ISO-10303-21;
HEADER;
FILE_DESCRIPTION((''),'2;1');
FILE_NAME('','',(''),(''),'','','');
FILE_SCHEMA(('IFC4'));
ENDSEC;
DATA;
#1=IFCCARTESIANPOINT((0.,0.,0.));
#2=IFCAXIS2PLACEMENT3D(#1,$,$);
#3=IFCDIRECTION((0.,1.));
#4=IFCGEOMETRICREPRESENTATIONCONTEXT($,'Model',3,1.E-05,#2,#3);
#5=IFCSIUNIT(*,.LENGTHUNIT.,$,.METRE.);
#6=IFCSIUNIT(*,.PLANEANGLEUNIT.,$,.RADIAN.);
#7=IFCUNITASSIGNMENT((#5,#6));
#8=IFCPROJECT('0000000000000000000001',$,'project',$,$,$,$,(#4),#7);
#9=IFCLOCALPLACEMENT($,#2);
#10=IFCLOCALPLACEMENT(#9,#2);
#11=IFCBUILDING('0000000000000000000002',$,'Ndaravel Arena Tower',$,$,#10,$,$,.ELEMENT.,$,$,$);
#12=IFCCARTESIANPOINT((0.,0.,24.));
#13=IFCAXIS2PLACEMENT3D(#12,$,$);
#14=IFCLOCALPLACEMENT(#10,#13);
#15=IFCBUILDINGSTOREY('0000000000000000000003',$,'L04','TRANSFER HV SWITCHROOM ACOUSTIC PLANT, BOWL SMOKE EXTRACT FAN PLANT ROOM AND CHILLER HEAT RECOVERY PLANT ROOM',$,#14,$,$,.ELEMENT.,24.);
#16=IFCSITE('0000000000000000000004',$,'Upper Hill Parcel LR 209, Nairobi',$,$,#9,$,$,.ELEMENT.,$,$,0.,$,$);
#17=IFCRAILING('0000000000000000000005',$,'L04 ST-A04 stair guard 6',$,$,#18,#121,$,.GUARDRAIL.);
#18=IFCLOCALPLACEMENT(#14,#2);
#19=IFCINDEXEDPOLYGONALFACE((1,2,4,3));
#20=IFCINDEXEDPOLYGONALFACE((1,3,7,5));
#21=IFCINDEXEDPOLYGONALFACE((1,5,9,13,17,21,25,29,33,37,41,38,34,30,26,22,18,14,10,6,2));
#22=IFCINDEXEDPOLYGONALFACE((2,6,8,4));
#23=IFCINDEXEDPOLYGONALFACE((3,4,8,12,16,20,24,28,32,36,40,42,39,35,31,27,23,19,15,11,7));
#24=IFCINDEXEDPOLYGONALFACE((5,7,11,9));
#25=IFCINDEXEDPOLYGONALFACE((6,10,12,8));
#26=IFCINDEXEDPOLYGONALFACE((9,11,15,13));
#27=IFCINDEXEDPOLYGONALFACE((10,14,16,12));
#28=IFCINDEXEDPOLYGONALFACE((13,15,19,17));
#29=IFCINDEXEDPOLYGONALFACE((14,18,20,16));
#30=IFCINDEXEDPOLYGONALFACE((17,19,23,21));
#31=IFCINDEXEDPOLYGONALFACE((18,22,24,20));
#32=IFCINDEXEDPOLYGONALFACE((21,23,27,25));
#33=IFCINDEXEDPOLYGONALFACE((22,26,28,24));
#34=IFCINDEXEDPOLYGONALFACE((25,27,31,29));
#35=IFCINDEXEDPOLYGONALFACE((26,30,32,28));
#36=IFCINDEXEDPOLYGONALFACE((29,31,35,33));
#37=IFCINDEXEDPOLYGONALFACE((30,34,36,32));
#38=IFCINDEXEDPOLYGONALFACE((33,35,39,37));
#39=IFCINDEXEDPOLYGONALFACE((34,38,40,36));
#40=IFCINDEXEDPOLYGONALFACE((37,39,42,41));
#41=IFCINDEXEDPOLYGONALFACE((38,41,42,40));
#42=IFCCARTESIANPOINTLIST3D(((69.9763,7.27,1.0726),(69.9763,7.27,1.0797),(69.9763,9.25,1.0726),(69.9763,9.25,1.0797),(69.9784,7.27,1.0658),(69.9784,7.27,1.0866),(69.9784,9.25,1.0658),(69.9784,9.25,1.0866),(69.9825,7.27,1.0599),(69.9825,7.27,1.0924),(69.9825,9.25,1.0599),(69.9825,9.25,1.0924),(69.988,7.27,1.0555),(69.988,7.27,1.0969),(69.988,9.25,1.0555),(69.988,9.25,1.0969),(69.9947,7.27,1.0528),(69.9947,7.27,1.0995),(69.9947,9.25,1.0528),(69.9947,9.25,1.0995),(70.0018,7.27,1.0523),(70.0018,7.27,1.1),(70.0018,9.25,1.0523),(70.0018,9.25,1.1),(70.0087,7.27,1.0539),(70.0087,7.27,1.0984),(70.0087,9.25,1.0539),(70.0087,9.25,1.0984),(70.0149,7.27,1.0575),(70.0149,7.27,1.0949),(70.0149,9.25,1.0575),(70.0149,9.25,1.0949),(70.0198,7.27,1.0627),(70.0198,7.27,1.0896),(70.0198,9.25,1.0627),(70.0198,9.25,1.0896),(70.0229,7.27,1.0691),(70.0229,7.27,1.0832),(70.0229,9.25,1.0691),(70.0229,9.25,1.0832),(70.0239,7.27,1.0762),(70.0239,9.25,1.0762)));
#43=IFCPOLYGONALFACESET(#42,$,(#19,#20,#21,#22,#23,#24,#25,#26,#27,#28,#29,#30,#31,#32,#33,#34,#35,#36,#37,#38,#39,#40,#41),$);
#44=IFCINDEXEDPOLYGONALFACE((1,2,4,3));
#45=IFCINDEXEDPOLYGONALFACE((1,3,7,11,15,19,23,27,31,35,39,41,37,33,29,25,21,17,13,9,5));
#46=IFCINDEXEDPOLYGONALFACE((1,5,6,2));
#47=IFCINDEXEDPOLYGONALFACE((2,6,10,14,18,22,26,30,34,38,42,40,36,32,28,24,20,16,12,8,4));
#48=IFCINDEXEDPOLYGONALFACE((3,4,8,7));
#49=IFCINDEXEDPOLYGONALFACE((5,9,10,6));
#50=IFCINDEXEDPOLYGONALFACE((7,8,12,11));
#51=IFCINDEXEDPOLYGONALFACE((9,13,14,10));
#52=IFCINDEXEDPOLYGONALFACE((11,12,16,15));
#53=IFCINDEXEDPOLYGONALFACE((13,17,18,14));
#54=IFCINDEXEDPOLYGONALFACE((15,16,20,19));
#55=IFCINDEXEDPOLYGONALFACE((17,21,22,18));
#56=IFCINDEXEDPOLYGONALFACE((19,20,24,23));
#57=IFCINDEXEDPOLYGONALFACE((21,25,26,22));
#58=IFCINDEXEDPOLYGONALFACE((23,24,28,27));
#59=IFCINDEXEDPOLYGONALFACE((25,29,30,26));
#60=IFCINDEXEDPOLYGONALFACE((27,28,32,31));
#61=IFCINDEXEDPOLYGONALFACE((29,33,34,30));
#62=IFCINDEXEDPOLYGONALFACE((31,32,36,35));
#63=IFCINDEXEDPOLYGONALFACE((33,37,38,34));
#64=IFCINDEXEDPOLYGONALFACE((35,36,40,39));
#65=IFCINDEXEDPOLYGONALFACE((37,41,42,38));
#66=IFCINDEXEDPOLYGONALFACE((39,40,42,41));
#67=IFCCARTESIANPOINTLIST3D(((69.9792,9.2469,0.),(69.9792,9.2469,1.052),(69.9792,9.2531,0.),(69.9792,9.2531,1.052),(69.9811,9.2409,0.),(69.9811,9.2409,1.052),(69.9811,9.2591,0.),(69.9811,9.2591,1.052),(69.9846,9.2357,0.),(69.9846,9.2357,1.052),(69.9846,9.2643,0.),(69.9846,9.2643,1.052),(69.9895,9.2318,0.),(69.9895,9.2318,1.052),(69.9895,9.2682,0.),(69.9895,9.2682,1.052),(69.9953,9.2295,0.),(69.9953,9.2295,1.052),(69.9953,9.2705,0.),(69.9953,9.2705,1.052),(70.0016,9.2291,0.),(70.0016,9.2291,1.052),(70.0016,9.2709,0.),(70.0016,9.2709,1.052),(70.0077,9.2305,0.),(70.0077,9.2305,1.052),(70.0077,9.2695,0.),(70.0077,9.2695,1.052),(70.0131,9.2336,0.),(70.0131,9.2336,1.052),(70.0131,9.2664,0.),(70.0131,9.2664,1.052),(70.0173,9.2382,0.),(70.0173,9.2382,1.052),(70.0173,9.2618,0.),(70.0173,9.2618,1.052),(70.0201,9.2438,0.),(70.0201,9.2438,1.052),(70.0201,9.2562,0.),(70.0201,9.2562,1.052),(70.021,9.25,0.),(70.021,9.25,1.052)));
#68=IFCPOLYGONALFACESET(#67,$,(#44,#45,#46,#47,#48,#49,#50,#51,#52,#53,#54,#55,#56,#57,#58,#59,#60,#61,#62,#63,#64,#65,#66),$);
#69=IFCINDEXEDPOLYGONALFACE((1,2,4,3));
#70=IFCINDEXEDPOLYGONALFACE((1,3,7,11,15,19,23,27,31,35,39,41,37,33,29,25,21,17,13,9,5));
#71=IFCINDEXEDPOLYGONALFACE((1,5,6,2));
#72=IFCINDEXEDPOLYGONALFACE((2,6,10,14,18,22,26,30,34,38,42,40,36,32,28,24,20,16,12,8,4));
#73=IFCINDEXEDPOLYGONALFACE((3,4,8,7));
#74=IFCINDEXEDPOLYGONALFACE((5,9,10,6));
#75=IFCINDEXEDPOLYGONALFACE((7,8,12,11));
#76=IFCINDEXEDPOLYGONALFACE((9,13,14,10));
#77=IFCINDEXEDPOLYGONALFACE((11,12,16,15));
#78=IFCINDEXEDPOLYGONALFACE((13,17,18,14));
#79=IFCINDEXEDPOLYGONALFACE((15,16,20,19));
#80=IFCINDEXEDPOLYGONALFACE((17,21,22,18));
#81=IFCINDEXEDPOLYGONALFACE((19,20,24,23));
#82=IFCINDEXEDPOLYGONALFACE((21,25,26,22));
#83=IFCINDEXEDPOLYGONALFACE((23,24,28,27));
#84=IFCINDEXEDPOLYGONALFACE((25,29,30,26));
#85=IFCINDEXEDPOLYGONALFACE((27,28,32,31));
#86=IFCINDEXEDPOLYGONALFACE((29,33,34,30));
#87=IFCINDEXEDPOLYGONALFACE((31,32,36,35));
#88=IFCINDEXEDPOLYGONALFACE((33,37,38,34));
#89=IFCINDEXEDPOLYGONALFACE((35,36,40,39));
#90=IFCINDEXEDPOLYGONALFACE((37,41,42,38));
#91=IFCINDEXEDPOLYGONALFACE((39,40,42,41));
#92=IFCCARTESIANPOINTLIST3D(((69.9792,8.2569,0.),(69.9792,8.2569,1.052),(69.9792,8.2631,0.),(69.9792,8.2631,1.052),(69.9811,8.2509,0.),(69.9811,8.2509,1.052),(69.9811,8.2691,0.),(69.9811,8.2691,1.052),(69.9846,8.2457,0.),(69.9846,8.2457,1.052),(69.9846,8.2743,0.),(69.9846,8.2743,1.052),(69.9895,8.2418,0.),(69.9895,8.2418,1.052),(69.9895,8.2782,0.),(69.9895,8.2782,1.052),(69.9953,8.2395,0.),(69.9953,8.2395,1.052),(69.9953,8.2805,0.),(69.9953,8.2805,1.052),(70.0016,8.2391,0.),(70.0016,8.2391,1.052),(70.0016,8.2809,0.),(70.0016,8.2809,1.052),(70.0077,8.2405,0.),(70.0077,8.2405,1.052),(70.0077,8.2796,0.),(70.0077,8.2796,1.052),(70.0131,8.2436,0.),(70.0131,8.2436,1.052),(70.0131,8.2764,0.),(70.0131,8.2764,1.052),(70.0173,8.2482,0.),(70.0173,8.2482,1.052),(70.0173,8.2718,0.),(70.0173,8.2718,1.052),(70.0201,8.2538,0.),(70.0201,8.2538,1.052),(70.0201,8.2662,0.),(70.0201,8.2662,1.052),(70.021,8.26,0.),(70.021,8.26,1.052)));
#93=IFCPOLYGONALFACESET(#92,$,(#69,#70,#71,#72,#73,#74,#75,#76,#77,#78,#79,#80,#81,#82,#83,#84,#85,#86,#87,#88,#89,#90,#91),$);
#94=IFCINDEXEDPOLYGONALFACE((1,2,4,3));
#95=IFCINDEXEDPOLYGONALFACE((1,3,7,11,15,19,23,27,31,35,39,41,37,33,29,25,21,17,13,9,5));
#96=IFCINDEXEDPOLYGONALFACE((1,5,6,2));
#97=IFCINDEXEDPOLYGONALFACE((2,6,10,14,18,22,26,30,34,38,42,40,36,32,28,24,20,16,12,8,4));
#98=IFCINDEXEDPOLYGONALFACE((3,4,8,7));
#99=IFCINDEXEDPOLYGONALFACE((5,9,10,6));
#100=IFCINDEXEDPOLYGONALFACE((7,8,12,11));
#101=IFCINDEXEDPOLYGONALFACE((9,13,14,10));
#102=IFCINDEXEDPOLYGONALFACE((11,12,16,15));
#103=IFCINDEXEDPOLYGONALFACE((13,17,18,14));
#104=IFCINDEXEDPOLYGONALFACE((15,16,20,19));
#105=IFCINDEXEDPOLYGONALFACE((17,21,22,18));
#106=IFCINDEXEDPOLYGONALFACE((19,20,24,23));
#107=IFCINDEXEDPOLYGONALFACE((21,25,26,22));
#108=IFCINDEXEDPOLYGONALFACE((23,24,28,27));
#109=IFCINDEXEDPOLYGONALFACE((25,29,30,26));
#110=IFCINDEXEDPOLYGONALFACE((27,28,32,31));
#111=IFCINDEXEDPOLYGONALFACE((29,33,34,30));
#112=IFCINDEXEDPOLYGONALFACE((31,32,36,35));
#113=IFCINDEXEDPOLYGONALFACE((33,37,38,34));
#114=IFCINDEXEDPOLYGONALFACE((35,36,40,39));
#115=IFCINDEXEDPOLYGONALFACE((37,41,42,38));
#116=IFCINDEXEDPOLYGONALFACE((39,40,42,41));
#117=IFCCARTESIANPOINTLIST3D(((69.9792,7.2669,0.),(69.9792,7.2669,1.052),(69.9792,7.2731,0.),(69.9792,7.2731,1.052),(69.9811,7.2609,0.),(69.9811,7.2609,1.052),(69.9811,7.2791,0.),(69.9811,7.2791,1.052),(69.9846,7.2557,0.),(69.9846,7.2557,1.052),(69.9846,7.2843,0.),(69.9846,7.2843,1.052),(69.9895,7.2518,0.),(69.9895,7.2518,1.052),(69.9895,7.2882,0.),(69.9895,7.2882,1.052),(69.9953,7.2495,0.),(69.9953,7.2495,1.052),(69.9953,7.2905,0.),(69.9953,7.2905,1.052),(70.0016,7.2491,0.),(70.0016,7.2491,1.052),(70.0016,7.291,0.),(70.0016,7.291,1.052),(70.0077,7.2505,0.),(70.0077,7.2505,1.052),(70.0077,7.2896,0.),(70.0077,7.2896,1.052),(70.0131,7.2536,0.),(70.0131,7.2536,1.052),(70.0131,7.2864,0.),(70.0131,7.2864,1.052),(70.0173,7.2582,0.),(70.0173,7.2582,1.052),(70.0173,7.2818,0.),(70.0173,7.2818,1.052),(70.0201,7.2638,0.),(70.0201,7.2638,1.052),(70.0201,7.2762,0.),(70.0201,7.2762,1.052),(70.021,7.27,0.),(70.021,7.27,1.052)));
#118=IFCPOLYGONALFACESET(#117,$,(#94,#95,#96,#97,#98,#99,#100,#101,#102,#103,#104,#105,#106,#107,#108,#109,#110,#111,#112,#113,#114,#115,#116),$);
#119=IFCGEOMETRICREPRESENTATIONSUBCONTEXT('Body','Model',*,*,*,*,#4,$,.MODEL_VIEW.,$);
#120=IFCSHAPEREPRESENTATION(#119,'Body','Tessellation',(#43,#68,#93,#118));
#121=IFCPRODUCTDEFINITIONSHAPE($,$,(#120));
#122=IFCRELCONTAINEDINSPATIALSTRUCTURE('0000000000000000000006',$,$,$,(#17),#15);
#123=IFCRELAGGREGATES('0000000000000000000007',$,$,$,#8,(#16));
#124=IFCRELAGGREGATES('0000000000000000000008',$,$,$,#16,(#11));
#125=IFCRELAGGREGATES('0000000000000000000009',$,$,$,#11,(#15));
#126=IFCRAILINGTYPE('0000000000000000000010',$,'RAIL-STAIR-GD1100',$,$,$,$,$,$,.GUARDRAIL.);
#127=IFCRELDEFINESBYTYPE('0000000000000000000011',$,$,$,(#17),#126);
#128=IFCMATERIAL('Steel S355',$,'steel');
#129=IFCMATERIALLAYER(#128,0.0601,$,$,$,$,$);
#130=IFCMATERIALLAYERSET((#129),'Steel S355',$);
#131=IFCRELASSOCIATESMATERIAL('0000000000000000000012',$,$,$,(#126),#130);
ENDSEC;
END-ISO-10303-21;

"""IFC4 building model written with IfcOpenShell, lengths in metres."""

from ifc_helpers import new_model, si_unit, direction, frame, origin, origin_2d, place, context, subcontext, project, spatial, circle, extrude, material, layer, layer_set, type_object, element, save


model = new_model("IFC4")

# Units and contexts
model_context = context("Model", 3, precision=1e-05, world=origin(), true_north=direction((0.0, 1.0)))
body_context = subcontext(model_context, "Body", "Model", "MODEL_VIEW")
ifc_project = project(units=[si_unit("LENGTHUNIT", "METRE"), si_unit("PLANEANGLEUNIT", "RADIAN")], contexts=[model_context])

# Site, building, storey
site_placement = place(None, origin())
site = spatial("IfcSite", under=ifc_project, at=site_placement, Name="Upper Hill Parcel LR 209, Nairobi", CompositionType="ELEMENT", RefElevation=0.0)
building_placement = place(site_placement, origin())
building = spatial("IfcBuilding", under=site, at=building_placement, Name="Ndaravel Arena Tower", CompositionType="ELEMENT")
storey_placement = place(building_placement, frame((0.0, 0.0, 24.0)))
storey = spatial("IfcBuildingStorey", under=building, at=storey_placement, Name="L04", Description="TRANSFER HV SWITCHROOM ACOUSTIC PLANT, BOWL SMOKE EXTRACT FAN PLANT ROOM AND CHILLER HEAT RECOVERY PLANT ROOM", CompositionType="ELEMENT", Elevation=24.0)

# Railing
ifc_material_1 = material(Name="Steel S355", Category="steel")
ifc_layer_1 = layer(ifc_material_1, 0.0601)
ifc_layer_set_1 = layer_set([ifc_layer_1], Name="Steel S355")
railing_type_1 = type_object("IfcRailingType", Name="RAIL-STAIR-GD1100", PredefinedType="GUARDRAIL", material=ifc_layer_set_1)
for number, where, name in (
    (1, (70.0, 9.25, 0.0), "L04 ST-A04 stair guard 6"),
):
    element("IfcRailing", number, at=place(storey_placement, frame(where)), inside=storey, type_object=railing_type_1, Name=name, PredefinedType="GUARDRAIL", context=body_context, shape_type="SweptSolid", body=[
        extrude(circle(Radius=0.0239, at=origin_2d()), frame((0.0, 0.0, 1.0762), z_axis=(0.0, -1.0, 0.0), x_axis=(1.0, 0.0, 0.0)), (0.0, 0.0, 1.0), 1.98),
        extrude(circle(Radius=0.021, at=origin_2d()), origin(), (0.0, 0.0, 1.0), 1.052),
        extrude(circle(Radius=0.021, at=origin_2d()), frame((0.0, -0.99, 0.0)), (0.0, 0.0, 1.0), 1.052),
        extrude(circle(Radius=0.021, at=origin_2d()), frame((0.0, -1.98, 0.0)), (0.0, 0.0, 1.0), 1.052),
    ])

save(model, "model.ifc")
